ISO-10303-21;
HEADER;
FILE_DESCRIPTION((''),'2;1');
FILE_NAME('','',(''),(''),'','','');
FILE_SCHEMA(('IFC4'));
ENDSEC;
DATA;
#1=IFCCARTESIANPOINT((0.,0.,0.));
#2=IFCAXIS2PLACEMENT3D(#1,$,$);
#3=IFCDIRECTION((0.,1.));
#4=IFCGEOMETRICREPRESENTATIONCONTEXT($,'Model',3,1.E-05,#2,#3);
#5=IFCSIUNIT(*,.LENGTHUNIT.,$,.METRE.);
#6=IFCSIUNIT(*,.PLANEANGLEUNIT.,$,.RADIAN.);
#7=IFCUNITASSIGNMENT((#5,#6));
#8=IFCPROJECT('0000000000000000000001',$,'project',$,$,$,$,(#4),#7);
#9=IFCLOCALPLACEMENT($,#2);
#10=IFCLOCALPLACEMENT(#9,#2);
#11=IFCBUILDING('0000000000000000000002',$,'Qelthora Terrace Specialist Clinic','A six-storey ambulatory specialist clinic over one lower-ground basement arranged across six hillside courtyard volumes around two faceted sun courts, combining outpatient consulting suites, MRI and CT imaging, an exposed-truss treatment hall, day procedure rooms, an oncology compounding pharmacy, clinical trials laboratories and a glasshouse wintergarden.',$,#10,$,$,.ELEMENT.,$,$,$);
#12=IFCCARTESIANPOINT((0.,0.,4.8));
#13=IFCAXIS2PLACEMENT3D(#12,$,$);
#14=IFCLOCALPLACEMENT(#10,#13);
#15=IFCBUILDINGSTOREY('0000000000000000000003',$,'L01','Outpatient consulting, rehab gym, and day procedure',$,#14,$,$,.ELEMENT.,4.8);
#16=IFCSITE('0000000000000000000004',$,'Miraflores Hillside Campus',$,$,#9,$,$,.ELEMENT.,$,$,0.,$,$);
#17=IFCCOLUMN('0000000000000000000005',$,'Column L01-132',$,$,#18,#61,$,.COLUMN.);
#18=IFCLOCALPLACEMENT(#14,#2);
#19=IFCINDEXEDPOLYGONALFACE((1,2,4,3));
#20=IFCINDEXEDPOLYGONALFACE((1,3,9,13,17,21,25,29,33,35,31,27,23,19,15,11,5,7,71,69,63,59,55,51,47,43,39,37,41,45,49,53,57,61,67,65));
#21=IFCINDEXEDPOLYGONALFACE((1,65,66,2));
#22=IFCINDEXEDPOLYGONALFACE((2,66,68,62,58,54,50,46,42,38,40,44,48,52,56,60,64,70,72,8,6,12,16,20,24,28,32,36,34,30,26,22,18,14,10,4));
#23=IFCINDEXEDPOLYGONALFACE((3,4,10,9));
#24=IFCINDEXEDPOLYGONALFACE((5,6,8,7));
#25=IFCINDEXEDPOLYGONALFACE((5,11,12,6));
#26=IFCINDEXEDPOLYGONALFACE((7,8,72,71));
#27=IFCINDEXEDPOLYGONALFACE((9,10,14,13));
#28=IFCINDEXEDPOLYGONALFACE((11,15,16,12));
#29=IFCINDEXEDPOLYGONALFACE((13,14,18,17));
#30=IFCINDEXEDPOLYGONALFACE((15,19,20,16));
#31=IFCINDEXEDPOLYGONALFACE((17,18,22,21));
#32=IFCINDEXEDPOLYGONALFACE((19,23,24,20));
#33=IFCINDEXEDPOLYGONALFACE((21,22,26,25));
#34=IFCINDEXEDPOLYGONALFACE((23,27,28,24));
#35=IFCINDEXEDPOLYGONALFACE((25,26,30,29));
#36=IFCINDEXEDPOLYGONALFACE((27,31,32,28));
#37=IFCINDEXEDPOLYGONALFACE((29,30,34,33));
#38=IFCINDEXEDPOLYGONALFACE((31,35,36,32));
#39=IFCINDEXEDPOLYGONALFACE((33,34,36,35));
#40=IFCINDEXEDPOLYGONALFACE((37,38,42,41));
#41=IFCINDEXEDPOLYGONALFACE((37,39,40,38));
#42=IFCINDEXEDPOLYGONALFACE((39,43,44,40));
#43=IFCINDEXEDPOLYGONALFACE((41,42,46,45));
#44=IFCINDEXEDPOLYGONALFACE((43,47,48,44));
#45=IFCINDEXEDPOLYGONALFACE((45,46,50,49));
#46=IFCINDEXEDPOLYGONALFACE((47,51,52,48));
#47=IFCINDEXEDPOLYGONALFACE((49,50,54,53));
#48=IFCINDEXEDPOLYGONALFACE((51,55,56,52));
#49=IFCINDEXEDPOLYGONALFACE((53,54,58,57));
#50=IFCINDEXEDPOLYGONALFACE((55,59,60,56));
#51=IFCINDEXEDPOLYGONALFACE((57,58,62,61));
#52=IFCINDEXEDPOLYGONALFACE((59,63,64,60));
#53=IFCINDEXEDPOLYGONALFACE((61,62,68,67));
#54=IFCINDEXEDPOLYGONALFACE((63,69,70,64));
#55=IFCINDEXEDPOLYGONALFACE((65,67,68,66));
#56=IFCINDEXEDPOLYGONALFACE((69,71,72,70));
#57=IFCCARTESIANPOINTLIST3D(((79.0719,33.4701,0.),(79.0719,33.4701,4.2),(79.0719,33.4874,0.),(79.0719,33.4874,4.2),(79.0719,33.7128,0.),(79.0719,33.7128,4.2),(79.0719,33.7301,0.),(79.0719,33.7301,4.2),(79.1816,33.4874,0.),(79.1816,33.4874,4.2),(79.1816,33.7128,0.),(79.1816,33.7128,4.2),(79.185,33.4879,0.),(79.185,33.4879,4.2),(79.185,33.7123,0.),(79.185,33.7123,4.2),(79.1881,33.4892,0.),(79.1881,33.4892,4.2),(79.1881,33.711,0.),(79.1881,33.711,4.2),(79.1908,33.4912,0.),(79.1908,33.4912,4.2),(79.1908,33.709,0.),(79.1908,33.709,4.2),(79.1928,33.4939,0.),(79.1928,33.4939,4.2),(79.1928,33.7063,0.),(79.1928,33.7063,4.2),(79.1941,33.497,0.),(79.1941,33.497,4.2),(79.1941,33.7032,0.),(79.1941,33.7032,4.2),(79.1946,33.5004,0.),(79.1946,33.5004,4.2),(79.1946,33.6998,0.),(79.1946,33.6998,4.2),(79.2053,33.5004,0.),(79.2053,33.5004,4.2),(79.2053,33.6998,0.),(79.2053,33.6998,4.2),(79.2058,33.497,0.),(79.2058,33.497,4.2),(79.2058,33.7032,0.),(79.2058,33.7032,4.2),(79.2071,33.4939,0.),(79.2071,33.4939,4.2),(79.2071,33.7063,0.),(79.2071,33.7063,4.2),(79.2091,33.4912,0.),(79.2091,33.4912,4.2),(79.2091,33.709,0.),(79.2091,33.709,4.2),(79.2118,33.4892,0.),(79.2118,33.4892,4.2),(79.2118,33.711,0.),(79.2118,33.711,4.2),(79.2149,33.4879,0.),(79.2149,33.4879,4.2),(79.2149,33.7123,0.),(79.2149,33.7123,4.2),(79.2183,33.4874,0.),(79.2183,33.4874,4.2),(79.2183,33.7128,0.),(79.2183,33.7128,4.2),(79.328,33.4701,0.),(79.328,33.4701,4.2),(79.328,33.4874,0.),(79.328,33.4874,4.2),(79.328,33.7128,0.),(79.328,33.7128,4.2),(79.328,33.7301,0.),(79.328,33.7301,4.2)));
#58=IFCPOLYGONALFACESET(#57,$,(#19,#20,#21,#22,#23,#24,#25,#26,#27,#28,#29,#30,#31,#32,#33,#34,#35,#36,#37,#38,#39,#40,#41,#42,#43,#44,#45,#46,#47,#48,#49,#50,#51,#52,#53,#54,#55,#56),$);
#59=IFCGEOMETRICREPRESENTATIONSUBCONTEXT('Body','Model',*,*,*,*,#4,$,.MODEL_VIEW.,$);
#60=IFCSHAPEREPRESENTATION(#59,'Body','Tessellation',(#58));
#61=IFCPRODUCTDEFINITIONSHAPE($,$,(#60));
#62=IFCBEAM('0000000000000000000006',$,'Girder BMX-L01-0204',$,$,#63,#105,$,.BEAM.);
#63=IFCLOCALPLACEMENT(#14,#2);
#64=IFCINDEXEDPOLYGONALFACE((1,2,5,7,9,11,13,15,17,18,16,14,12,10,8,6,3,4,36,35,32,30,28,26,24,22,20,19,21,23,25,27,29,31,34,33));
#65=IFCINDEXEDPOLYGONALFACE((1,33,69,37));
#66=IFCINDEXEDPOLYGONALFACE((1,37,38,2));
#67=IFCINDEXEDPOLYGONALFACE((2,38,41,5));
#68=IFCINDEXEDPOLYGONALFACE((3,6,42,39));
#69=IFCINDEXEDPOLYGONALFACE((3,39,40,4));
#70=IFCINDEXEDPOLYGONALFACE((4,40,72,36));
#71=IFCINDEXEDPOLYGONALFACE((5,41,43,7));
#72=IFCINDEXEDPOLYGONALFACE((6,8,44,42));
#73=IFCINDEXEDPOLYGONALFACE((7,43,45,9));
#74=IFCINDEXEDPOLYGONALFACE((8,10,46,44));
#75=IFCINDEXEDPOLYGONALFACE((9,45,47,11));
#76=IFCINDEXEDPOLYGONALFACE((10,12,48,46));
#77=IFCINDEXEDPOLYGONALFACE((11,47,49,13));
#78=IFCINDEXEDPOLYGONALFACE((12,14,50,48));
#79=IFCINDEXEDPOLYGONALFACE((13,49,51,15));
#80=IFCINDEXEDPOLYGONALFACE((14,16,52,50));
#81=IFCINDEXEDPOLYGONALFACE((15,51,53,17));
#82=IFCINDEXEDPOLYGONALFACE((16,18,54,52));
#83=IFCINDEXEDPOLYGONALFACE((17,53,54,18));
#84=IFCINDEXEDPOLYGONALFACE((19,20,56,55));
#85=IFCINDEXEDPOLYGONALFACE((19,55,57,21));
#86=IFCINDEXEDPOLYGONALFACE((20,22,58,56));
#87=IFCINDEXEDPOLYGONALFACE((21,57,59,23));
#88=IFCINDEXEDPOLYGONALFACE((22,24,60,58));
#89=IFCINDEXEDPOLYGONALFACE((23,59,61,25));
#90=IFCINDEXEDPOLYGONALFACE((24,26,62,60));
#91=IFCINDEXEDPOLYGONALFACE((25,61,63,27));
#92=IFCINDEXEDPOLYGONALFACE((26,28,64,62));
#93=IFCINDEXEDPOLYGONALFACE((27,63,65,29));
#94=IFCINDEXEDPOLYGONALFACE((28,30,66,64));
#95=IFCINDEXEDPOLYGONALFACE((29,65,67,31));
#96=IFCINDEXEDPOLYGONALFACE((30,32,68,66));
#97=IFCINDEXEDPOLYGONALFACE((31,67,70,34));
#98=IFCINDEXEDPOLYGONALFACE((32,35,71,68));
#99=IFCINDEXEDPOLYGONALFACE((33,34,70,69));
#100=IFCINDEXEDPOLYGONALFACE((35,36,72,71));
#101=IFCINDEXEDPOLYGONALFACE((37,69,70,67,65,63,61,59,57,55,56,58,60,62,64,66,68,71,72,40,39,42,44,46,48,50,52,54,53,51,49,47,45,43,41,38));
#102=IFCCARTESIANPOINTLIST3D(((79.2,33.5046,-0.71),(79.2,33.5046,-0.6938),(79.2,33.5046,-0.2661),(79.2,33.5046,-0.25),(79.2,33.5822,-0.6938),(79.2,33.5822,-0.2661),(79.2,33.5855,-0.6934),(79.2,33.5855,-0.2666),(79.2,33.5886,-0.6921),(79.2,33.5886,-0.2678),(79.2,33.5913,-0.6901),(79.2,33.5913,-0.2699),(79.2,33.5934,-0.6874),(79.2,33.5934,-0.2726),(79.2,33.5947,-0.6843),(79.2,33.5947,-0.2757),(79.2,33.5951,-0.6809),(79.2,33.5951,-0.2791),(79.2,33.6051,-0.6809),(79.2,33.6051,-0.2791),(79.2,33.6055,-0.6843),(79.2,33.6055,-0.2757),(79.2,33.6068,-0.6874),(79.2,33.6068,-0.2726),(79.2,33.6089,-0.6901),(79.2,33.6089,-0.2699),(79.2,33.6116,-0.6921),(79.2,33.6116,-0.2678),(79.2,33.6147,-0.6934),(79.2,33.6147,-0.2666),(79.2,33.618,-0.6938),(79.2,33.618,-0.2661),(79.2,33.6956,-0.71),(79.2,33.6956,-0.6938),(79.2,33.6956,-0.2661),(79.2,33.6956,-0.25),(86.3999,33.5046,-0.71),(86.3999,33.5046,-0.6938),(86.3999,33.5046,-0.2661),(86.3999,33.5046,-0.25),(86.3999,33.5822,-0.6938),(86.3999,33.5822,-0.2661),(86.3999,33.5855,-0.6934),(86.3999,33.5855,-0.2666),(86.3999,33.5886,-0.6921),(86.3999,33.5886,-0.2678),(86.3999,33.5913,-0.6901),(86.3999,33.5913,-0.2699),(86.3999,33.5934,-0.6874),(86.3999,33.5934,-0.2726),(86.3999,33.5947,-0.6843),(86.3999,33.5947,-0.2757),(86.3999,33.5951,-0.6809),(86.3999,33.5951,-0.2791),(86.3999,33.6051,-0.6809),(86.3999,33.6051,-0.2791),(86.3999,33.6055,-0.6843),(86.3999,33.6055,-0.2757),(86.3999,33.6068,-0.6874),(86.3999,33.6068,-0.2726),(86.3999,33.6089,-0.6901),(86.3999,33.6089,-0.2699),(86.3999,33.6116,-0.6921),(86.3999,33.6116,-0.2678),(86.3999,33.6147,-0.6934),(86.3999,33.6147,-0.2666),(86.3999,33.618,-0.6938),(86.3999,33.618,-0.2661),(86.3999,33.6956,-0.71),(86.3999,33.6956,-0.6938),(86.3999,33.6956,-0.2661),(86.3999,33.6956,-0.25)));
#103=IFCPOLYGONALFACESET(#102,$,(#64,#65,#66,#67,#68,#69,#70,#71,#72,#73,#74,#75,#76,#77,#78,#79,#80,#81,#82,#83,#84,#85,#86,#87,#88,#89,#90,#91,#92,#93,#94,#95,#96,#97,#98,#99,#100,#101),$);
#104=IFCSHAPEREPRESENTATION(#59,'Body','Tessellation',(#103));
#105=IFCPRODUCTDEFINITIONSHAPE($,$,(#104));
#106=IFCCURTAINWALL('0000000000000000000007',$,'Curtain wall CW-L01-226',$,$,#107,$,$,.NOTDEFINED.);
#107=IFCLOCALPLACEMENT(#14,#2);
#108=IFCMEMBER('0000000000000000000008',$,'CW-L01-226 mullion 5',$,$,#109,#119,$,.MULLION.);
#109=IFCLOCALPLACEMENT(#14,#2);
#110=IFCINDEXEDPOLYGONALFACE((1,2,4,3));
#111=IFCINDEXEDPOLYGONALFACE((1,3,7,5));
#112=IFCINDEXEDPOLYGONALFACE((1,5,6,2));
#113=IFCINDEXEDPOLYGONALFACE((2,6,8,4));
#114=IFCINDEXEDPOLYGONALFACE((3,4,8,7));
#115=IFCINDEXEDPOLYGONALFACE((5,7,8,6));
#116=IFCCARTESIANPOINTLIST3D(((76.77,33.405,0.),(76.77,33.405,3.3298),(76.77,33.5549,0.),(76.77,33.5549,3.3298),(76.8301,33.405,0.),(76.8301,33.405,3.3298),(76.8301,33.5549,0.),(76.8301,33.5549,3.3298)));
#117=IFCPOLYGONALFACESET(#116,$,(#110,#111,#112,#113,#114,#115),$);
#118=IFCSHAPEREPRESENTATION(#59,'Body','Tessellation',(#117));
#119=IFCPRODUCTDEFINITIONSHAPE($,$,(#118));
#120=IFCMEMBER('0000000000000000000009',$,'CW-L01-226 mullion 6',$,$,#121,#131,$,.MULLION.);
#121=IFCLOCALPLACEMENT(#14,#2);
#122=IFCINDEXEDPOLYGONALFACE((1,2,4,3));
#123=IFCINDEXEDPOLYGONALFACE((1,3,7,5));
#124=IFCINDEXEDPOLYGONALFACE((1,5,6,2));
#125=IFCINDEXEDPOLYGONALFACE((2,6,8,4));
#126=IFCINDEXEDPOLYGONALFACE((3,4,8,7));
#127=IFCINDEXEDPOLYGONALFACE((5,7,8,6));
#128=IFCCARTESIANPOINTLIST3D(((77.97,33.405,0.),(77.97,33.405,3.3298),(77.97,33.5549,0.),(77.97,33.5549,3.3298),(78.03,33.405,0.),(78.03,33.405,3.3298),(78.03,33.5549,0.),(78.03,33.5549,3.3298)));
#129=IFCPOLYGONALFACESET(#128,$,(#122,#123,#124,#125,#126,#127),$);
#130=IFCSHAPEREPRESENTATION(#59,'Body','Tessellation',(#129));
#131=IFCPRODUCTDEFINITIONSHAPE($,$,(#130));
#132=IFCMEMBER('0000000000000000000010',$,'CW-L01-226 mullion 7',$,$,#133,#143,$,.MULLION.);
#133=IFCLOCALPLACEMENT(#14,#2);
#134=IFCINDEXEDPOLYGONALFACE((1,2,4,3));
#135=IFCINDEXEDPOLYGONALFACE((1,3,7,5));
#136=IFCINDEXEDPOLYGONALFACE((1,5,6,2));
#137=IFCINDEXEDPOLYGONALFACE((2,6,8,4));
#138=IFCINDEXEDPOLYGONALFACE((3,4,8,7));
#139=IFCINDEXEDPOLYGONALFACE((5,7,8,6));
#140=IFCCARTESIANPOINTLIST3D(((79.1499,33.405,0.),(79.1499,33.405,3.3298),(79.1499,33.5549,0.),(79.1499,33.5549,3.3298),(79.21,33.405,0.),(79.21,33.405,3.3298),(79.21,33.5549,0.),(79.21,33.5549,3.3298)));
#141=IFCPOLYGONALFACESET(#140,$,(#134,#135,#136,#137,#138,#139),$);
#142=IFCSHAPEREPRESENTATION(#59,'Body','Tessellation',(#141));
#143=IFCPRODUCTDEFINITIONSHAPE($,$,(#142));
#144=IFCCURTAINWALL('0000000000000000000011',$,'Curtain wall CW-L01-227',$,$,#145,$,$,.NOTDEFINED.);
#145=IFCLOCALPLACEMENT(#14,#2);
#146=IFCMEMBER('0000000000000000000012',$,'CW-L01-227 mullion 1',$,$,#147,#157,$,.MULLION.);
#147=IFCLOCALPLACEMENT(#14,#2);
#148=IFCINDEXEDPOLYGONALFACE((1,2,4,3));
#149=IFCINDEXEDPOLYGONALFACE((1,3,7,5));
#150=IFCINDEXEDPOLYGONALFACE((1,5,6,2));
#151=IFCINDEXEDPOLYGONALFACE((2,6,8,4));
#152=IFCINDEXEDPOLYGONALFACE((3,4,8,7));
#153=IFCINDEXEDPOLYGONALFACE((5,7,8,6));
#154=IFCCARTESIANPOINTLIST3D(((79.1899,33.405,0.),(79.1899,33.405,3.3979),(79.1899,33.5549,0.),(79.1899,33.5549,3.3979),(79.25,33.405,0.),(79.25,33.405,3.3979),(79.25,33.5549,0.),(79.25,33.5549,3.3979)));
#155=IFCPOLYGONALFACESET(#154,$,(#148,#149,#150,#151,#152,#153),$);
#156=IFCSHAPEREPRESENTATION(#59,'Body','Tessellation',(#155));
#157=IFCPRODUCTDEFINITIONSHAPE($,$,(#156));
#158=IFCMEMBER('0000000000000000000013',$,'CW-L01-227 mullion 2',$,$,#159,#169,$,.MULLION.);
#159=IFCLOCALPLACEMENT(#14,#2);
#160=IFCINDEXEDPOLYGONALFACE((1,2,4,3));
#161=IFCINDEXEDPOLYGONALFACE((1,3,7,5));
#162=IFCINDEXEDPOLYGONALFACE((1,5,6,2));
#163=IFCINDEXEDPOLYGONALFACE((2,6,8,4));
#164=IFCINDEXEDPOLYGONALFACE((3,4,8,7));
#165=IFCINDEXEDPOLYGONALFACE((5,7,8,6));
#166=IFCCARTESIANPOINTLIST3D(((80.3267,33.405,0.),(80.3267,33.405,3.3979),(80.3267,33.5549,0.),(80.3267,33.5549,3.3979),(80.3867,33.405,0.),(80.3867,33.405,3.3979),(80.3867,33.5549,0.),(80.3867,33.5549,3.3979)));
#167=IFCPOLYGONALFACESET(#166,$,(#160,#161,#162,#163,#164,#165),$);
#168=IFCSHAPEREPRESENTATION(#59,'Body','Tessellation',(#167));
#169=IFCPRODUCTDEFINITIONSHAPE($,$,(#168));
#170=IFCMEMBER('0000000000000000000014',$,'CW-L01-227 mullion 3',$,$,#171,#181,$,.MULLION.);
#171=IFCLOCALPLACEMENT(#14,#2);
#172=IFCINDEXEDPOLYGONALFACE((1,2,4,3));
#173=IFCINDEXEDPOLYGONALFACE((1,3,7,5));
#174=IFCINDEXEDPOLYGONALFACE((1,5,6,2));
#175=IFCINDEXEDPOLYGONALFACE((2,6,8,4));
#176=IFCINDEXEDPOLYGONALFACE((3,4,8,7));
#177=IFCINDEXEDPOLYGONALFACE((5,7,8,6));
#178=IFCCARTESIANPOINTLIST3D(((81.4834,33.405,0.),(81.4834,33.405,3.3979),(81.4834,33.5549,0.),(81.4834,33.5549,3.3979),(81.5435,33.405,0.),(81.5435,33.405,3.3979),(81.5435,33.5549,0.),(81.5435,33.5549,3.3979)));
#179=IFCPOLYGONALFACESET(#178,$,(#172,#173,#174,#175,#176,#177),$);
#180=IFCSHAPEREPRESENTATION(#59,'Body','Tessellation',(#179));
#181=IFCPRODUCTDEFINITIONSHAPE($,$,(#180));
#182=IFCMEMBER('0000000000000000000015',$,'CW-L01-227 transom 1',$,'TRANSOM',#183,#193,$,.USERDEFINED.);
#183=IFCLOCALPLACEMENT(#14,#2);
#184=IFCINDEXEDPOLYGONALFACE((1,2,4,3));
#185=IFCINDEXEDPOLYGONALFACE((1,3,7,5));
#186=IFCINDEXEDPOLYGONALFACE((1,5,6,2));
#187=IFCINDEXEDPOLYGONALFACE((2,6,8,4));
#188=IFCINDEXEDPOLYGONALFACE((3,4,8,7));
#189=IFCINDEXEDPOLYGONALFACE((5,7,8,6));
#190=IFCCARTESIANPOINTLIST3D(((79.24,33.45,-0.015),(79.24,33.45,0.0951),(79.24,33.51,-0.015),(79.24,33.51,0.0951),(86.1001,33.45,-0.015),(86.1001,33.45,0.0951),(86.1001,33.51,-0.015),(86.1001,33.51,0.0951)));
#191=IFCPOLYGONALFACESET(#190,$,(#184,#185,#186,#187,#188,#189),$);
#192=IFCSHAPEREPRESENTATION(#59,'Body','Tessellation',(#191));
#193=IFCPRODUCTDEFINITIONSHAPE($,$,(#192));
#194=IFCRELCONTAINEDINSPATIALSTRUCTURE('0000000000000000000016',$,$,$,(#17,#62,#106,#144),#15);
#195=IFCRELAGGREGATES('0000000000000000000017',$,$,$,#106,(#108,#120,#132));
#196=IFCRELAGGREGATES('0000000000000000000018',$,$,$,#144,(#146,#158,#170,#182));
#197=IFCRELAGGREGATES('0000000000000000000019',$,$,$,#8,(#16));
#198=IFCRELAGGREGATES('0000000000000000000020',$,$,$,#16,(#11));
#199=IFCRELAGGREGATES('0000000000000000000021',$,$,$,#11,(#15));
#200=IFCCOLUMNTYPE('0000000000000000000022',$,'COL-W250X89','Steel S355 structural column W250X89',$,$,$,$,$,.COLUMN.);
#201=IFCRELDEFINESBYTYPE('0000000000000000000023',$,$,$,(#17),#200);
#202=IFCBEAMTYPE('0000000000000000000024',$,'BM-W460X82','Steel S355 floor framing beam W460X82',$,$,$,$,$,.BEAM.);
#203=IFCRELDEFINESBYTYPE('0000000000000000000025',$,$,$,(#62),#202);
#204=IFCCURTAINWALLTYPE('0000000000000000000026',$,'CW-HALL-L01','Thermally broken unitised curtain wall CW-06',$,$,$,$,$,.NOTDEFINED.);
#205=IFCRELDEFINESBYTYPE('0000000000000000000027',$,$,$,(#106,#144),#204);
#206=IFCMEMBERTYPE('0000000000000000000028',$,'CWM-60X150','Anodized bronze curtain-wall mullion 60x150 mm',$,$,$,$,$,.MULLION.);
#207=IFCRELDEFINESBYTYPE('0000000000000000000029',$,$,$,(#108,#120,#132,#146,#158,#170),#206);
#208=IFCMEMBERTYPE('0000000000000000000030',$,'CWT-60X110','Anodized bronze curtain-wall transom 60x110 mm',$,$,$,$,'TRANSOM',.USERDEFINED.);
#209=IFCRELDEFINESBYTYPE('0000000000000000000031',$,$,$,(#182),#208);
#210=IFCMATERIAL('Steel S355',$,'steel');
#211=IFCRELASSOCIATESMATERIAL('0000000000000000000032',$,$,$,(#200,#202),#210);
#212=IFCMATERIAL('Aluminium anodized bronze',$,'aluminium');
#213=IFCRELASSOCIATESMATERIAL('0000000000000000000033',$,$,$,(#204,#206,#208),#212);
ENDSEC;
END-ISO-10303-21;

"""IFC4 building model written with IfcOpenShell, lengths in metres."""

from ifc_helpers import new_model, si_unit, direction, frame, origin, origin_2d, place, context, subcontext, project, spatial, rectangle, i_section, extrude, material, material_profile, profile_set, type_object, element, aggregate, save


model = new_model("IFC4")

# Units and contexts
model_context = context("Model", 3, precision=1e-05, world=origin(), true_north=direction((0.0, 1.0)))
body_context = subcontext(model_context, "Body", "Model", "MODEL_VIEW")
ifc_project = project(units=[si_unit("LENGTHUNIT", "METRE"), si_unit("PLANEANGLEUNIT", "RADIAN")], contexts=[model_context])

# Site, building, storey
site_placement = place(None, origin())
site = spatial("IfcSite", under=ifc_project, at=site_placement, Name="Miraflores Hillside Campus", CompositionType="ELEMENT", RefElevation=0.0)
building_placement = place(site_placement, origin())
building = spatial("IfcBuilding", under=site, at=building_placement, Name="Qelthora Terrace Specialist Clinic", Description="A six-storey ambulatory specialist clinic over one lower-ground basement arranged across six hillside courtyard volumes around two faceted sun courts, combining outpatient consulting suites, MRI and CT imaging, an exposed-truss treatment hall, day procedure rooms, an oncology compounding pharmacy, clinical trials laboratories and a glasshouse wintergarden.", CompositionType="ELEMENT")
storey_placement = place(building_placement, frame((0.0, 0.0, 4.8)))
storey = spatial("IfcBuildingStorey", under=building, at=storey_placement, Name="L01", Description="Outpatient consulting, rehab gym, and day procedure", CompositionType="ELEMENT", Elevation=4.8)

# Column
ifc_material_1 = material(Name="Steel S355", Category="steel")
ifc_material_profile_1 = material_profile(ifc_material_1, i_section(OverallWidth=0.2561, OverallDepth=0.26, WebThickness=0.0107, FlangeThickness=0.0173, FilletRadius=0.0129, at=origin_2d()), Name="W250X89")
ifc_profile_set_1 = profile_set([ifc_material_profile_1], Name="Steel S355")
column_type = type_object("IfcColumnType", Name="COL-W250X89", Description="Steel S355 structural column W250X89", PredefinedType="COLUMN", material=ifc_profile_set_1)
column_placement = place(storey_placement, frame((79.2, 33.6001, 0.0), z_axis=(0.0, 0.0, 1.0), x_axis=(1.0, 0.0, 0.0)))
element("IfcColumn", 1, at=column_placement, inside=storey, type_object=column_type, Name="Column L01-132", PredefinedType="COLUMN", context=body_context, shape_type="SweptSolid", body=[
    extrude(i_section(OverallWidth=0.2561, OverallDepth=0.26, WebThickness=0.0107, FlangeThickness=0.0173, FilletRadius=0.0129, at=origin_2d()), origin(), (0.0, 0.0, 1.0), 4.2),
])

# Beam
ifc_material_profile_2 = material_profile(ifc_material_1, i_section(OverallWidth=0.1909, OverallDepth=0.46, WebThickness=0.01, FlangeThickness=0.0161, FilletRadius=0.0129, at=origin_2d()), Name="W460X82")
ifc_profile_set_2 = profile_set([ifc_material_profile_2], Name="Steel S355")
beam_type = type_object("IfcBeamType", Name="BM-W460X82", Description="Steel S355 floor framing beam W460X82", PredefinedType="BEAM", material=ifc_profile_set_2)
beam_placement = place(storey_placement, frame((79.2, 33.6001, -0.48), z_axis=(1.0, 0.0, 0.0), x_axis=(0.0, 1.0, 0.0)))
element("IfcBeam", 2, at=beam_placement, inside=storey, type_object=beam_type, Name="Girder BMX-L01-0204", PredefinedType="BEAM", context=body_context, shape_type="SweptSolid", body=[
    extrude(i_section(OverallWidth=0.1909, OverallDepth=0.46, WebThickness=0.01, FlangeThickness=0.0161, FilletRadius=0.0129, at=origin_2d()), origin(), (0.0, 0.0, 1.0), 7.2),
])

# Curtain walls, members
ifc_material_2 = material(Name="Aluminium anodized bronze", Category="aluminium")
curtain_wall_type = type_object("IfcCurtainWallType", Name="CW-HALL-L01", Description="Thermally broken unitised curtain wall CW-06", PredefinedType="NOTDEFINED", material=ifc_material_2)
curtain_wall_1_placement = place(storey_placement, origin())
curtain_wall_1 = element("IfcCurtainWall", 3, at=curtain_wall_1_placement, inside=storey, type_object=curtain_wall_type, Name="Curtain wall CW-L01-226", PredefinedType="NOTDEFINED")
ifc_material_profile_3 = material_profile(ifc_material_2, rectangle(XDim=0.0601, YDim=0.1499, at=origin_2d()), Name="CWM60X150")
ifc_profile_set_3 = profile_set([ifc_material_profile_3], Name="Aluminium anodized bronze")
member_type_1 = type_object("IfcMemberType", Name="CWM-60X150", Description="Anodized bronze curtain-wall mullion 60x150 mm", PredefinedType="MULLION", material=ifc_profile_set_3)
member_1_placement = place(storey_placement, frame((76.8, 33.48, 0.0), z_axis=(0.0, 0.0, 1.0), x_axis=(1.0, 0.0, 0.0)))
member_1 = element("IfcMember", 4, at=member_1_placement, type_object=member_type_1, Name="CW-L01-226 mullion 5", PredefinedType="MULLION", context=body_context, shape_type="SweptSolid", body=[
    extrude(rectangle(XDim=0.0601, YDim=0.1499, at=origin_2d()), origin(), (0.0, 0.0, 1.0), 3.3298),
])
member_2_placement = place(storey_placement, frame((78.0, 33.48, 0.0), z_axis=(0.0, 0.0, 1.0), x_axis=(1.0, 0.0, 0.0)))
member_2 = element("IfcMember", 5, at=member_2_placement, type_object=member_type_1, Name="CW-L01-226 mullion 6", PredefinedType="MULLION", context=body_context, shape_type="SweptSolid", body=[
    extrude(rectangle(XDim=0.0601, YDim=0.1499, at=origin_2d()), origin(), (0.0, 0.0, 1.0), 3.3298),
])
member_3_placement = place(storey_placement, frame((79.1799, 33.48, 0.0), z_axis=(0.0, 0.0, 1.0), x_axis=(1.0, 0.0, 0.0)))
member_3 = element("IfcMember", 6, at=member_3_placement, type_object=member_type_1, Name="CW-L01-226 mullion 7", PredefinedType="MULLION", context=body_context, shape_type="SweptSolid", body=[
    extrude(rectangle(XDim=0.0601, YDim=0.1499, at=origin_2d()), origin(), (0.0, 0.0, 1.0), 3.3298),
])
curtain_wall_2_placement = place(storey_placement, origin())
curtain_wall_2 = element("IfcCurtainWall", 7, at=curtain_wall_2_placement, inside=storey, type_object=curtain_wall_type, Name="Curtain wall CW-L01-227", PredefinedType="NOTDEFINED")
member_4_placement = place(storey_placement, frame((79.22, 33.48, 0.0), z_axis=(0.0, 0.0, 1.0), x_axis=(1.0, 0.0, 0.0)))
member_4 = element("IfcMember", 8, at=member_4_placement, type_object=member_type_1, Name="CW-L01-227 mullion 1", PredefinedType="MULLION", context=body_context, shape_type="SweptSolid", body=[
    extrude(rectangle(XDim=0.0601, YDim=0.1499, at=origin_2d()), origin(), (0.0, 0.0, 1.0), 3.3979),
])
member_5_placement = place(storey_placement, frame((80.3567, 33.48, 0.0), z_axis=(0.0, 0.0, 1.0), x_axis=(1.0, 0.0, 0.0)))
member_5 = element("IfcMember", 9, at=member_5_placement, type_object=member_type_1, Name="CW-L01-227 mullion 2", PredefinedType="MULLION", context=body_context, shape_type="SweptSolid", body=[
    extrude(rectangle(XDim=0.0601, YDim=0.1499, at=origin_2d()), origin(), (0.0, 0.0, 1.0), 3.3979),
])
member_6_placement = place(storey_placement, frame((81.5134, 33.48, 0.0), z_axis=(0.0, 0.0, 1.0), x_axis=(1.0, 0.0, 0.0)))
member_6 = element("IfcMember", 10, at=member_6_placement, type_object=member_type_1, Name="CW-L01-227 mullion 3", PredefinedType="MULLION", context=body_context, shape_type="SweptSolid", body=[
    extrude(rectangle(XDim=0.0601, YDim=0.1499, at=origin_2d()), origin(), (0.0, 0.0, 1.0), 3.3979),
])
ifc_material_profile_4 = material_profile(ifc_material_2, rectangle(XDim=0.0601, YDim=0.1101, at=origin_2d()), Name="CWT60X110")
ifc_profile_set_4 = profile_set([ifc_material_profile_4], Name="Aluminium anodized bronze")
member_type_2 = type_object("IfcMemberType", Name="CWT-60X110", Description="Anodized bronze curtain-wall transom 60x110 mm", ElementType="TRANSOM", PredefinedType="USERDEFINED", material=ifc_profile_set_4)
member_7_placement = place(storey_placement, frame((79.24, 33.48, 0.04), z_axis=(1.0, 0.0, 0.0), x_axis=(0.0, 1.0, 0.0)))
member_7 = element("IfcMember", 11, at=member_7_placement, type_object=member_type_2, Name="CW-L01-227 transom 1", ObjectType="TRANSOM", PredefinedType="USERDEFINED", context=body_context, shape_type="SweptSolid", body=[
    extrude(rectangle(XDim=0.0601, YDim=0.1101, at=origin_2d()), origin(), (0.0, 0.0, 1.0), 6.8601),
])

aggregate(curtain_wall_1, [member_1, member_2, member_3])
aggregate(curtain_wall_2, [member_4, member_5, member_6, member_7])

save(model, "model.ifc")
